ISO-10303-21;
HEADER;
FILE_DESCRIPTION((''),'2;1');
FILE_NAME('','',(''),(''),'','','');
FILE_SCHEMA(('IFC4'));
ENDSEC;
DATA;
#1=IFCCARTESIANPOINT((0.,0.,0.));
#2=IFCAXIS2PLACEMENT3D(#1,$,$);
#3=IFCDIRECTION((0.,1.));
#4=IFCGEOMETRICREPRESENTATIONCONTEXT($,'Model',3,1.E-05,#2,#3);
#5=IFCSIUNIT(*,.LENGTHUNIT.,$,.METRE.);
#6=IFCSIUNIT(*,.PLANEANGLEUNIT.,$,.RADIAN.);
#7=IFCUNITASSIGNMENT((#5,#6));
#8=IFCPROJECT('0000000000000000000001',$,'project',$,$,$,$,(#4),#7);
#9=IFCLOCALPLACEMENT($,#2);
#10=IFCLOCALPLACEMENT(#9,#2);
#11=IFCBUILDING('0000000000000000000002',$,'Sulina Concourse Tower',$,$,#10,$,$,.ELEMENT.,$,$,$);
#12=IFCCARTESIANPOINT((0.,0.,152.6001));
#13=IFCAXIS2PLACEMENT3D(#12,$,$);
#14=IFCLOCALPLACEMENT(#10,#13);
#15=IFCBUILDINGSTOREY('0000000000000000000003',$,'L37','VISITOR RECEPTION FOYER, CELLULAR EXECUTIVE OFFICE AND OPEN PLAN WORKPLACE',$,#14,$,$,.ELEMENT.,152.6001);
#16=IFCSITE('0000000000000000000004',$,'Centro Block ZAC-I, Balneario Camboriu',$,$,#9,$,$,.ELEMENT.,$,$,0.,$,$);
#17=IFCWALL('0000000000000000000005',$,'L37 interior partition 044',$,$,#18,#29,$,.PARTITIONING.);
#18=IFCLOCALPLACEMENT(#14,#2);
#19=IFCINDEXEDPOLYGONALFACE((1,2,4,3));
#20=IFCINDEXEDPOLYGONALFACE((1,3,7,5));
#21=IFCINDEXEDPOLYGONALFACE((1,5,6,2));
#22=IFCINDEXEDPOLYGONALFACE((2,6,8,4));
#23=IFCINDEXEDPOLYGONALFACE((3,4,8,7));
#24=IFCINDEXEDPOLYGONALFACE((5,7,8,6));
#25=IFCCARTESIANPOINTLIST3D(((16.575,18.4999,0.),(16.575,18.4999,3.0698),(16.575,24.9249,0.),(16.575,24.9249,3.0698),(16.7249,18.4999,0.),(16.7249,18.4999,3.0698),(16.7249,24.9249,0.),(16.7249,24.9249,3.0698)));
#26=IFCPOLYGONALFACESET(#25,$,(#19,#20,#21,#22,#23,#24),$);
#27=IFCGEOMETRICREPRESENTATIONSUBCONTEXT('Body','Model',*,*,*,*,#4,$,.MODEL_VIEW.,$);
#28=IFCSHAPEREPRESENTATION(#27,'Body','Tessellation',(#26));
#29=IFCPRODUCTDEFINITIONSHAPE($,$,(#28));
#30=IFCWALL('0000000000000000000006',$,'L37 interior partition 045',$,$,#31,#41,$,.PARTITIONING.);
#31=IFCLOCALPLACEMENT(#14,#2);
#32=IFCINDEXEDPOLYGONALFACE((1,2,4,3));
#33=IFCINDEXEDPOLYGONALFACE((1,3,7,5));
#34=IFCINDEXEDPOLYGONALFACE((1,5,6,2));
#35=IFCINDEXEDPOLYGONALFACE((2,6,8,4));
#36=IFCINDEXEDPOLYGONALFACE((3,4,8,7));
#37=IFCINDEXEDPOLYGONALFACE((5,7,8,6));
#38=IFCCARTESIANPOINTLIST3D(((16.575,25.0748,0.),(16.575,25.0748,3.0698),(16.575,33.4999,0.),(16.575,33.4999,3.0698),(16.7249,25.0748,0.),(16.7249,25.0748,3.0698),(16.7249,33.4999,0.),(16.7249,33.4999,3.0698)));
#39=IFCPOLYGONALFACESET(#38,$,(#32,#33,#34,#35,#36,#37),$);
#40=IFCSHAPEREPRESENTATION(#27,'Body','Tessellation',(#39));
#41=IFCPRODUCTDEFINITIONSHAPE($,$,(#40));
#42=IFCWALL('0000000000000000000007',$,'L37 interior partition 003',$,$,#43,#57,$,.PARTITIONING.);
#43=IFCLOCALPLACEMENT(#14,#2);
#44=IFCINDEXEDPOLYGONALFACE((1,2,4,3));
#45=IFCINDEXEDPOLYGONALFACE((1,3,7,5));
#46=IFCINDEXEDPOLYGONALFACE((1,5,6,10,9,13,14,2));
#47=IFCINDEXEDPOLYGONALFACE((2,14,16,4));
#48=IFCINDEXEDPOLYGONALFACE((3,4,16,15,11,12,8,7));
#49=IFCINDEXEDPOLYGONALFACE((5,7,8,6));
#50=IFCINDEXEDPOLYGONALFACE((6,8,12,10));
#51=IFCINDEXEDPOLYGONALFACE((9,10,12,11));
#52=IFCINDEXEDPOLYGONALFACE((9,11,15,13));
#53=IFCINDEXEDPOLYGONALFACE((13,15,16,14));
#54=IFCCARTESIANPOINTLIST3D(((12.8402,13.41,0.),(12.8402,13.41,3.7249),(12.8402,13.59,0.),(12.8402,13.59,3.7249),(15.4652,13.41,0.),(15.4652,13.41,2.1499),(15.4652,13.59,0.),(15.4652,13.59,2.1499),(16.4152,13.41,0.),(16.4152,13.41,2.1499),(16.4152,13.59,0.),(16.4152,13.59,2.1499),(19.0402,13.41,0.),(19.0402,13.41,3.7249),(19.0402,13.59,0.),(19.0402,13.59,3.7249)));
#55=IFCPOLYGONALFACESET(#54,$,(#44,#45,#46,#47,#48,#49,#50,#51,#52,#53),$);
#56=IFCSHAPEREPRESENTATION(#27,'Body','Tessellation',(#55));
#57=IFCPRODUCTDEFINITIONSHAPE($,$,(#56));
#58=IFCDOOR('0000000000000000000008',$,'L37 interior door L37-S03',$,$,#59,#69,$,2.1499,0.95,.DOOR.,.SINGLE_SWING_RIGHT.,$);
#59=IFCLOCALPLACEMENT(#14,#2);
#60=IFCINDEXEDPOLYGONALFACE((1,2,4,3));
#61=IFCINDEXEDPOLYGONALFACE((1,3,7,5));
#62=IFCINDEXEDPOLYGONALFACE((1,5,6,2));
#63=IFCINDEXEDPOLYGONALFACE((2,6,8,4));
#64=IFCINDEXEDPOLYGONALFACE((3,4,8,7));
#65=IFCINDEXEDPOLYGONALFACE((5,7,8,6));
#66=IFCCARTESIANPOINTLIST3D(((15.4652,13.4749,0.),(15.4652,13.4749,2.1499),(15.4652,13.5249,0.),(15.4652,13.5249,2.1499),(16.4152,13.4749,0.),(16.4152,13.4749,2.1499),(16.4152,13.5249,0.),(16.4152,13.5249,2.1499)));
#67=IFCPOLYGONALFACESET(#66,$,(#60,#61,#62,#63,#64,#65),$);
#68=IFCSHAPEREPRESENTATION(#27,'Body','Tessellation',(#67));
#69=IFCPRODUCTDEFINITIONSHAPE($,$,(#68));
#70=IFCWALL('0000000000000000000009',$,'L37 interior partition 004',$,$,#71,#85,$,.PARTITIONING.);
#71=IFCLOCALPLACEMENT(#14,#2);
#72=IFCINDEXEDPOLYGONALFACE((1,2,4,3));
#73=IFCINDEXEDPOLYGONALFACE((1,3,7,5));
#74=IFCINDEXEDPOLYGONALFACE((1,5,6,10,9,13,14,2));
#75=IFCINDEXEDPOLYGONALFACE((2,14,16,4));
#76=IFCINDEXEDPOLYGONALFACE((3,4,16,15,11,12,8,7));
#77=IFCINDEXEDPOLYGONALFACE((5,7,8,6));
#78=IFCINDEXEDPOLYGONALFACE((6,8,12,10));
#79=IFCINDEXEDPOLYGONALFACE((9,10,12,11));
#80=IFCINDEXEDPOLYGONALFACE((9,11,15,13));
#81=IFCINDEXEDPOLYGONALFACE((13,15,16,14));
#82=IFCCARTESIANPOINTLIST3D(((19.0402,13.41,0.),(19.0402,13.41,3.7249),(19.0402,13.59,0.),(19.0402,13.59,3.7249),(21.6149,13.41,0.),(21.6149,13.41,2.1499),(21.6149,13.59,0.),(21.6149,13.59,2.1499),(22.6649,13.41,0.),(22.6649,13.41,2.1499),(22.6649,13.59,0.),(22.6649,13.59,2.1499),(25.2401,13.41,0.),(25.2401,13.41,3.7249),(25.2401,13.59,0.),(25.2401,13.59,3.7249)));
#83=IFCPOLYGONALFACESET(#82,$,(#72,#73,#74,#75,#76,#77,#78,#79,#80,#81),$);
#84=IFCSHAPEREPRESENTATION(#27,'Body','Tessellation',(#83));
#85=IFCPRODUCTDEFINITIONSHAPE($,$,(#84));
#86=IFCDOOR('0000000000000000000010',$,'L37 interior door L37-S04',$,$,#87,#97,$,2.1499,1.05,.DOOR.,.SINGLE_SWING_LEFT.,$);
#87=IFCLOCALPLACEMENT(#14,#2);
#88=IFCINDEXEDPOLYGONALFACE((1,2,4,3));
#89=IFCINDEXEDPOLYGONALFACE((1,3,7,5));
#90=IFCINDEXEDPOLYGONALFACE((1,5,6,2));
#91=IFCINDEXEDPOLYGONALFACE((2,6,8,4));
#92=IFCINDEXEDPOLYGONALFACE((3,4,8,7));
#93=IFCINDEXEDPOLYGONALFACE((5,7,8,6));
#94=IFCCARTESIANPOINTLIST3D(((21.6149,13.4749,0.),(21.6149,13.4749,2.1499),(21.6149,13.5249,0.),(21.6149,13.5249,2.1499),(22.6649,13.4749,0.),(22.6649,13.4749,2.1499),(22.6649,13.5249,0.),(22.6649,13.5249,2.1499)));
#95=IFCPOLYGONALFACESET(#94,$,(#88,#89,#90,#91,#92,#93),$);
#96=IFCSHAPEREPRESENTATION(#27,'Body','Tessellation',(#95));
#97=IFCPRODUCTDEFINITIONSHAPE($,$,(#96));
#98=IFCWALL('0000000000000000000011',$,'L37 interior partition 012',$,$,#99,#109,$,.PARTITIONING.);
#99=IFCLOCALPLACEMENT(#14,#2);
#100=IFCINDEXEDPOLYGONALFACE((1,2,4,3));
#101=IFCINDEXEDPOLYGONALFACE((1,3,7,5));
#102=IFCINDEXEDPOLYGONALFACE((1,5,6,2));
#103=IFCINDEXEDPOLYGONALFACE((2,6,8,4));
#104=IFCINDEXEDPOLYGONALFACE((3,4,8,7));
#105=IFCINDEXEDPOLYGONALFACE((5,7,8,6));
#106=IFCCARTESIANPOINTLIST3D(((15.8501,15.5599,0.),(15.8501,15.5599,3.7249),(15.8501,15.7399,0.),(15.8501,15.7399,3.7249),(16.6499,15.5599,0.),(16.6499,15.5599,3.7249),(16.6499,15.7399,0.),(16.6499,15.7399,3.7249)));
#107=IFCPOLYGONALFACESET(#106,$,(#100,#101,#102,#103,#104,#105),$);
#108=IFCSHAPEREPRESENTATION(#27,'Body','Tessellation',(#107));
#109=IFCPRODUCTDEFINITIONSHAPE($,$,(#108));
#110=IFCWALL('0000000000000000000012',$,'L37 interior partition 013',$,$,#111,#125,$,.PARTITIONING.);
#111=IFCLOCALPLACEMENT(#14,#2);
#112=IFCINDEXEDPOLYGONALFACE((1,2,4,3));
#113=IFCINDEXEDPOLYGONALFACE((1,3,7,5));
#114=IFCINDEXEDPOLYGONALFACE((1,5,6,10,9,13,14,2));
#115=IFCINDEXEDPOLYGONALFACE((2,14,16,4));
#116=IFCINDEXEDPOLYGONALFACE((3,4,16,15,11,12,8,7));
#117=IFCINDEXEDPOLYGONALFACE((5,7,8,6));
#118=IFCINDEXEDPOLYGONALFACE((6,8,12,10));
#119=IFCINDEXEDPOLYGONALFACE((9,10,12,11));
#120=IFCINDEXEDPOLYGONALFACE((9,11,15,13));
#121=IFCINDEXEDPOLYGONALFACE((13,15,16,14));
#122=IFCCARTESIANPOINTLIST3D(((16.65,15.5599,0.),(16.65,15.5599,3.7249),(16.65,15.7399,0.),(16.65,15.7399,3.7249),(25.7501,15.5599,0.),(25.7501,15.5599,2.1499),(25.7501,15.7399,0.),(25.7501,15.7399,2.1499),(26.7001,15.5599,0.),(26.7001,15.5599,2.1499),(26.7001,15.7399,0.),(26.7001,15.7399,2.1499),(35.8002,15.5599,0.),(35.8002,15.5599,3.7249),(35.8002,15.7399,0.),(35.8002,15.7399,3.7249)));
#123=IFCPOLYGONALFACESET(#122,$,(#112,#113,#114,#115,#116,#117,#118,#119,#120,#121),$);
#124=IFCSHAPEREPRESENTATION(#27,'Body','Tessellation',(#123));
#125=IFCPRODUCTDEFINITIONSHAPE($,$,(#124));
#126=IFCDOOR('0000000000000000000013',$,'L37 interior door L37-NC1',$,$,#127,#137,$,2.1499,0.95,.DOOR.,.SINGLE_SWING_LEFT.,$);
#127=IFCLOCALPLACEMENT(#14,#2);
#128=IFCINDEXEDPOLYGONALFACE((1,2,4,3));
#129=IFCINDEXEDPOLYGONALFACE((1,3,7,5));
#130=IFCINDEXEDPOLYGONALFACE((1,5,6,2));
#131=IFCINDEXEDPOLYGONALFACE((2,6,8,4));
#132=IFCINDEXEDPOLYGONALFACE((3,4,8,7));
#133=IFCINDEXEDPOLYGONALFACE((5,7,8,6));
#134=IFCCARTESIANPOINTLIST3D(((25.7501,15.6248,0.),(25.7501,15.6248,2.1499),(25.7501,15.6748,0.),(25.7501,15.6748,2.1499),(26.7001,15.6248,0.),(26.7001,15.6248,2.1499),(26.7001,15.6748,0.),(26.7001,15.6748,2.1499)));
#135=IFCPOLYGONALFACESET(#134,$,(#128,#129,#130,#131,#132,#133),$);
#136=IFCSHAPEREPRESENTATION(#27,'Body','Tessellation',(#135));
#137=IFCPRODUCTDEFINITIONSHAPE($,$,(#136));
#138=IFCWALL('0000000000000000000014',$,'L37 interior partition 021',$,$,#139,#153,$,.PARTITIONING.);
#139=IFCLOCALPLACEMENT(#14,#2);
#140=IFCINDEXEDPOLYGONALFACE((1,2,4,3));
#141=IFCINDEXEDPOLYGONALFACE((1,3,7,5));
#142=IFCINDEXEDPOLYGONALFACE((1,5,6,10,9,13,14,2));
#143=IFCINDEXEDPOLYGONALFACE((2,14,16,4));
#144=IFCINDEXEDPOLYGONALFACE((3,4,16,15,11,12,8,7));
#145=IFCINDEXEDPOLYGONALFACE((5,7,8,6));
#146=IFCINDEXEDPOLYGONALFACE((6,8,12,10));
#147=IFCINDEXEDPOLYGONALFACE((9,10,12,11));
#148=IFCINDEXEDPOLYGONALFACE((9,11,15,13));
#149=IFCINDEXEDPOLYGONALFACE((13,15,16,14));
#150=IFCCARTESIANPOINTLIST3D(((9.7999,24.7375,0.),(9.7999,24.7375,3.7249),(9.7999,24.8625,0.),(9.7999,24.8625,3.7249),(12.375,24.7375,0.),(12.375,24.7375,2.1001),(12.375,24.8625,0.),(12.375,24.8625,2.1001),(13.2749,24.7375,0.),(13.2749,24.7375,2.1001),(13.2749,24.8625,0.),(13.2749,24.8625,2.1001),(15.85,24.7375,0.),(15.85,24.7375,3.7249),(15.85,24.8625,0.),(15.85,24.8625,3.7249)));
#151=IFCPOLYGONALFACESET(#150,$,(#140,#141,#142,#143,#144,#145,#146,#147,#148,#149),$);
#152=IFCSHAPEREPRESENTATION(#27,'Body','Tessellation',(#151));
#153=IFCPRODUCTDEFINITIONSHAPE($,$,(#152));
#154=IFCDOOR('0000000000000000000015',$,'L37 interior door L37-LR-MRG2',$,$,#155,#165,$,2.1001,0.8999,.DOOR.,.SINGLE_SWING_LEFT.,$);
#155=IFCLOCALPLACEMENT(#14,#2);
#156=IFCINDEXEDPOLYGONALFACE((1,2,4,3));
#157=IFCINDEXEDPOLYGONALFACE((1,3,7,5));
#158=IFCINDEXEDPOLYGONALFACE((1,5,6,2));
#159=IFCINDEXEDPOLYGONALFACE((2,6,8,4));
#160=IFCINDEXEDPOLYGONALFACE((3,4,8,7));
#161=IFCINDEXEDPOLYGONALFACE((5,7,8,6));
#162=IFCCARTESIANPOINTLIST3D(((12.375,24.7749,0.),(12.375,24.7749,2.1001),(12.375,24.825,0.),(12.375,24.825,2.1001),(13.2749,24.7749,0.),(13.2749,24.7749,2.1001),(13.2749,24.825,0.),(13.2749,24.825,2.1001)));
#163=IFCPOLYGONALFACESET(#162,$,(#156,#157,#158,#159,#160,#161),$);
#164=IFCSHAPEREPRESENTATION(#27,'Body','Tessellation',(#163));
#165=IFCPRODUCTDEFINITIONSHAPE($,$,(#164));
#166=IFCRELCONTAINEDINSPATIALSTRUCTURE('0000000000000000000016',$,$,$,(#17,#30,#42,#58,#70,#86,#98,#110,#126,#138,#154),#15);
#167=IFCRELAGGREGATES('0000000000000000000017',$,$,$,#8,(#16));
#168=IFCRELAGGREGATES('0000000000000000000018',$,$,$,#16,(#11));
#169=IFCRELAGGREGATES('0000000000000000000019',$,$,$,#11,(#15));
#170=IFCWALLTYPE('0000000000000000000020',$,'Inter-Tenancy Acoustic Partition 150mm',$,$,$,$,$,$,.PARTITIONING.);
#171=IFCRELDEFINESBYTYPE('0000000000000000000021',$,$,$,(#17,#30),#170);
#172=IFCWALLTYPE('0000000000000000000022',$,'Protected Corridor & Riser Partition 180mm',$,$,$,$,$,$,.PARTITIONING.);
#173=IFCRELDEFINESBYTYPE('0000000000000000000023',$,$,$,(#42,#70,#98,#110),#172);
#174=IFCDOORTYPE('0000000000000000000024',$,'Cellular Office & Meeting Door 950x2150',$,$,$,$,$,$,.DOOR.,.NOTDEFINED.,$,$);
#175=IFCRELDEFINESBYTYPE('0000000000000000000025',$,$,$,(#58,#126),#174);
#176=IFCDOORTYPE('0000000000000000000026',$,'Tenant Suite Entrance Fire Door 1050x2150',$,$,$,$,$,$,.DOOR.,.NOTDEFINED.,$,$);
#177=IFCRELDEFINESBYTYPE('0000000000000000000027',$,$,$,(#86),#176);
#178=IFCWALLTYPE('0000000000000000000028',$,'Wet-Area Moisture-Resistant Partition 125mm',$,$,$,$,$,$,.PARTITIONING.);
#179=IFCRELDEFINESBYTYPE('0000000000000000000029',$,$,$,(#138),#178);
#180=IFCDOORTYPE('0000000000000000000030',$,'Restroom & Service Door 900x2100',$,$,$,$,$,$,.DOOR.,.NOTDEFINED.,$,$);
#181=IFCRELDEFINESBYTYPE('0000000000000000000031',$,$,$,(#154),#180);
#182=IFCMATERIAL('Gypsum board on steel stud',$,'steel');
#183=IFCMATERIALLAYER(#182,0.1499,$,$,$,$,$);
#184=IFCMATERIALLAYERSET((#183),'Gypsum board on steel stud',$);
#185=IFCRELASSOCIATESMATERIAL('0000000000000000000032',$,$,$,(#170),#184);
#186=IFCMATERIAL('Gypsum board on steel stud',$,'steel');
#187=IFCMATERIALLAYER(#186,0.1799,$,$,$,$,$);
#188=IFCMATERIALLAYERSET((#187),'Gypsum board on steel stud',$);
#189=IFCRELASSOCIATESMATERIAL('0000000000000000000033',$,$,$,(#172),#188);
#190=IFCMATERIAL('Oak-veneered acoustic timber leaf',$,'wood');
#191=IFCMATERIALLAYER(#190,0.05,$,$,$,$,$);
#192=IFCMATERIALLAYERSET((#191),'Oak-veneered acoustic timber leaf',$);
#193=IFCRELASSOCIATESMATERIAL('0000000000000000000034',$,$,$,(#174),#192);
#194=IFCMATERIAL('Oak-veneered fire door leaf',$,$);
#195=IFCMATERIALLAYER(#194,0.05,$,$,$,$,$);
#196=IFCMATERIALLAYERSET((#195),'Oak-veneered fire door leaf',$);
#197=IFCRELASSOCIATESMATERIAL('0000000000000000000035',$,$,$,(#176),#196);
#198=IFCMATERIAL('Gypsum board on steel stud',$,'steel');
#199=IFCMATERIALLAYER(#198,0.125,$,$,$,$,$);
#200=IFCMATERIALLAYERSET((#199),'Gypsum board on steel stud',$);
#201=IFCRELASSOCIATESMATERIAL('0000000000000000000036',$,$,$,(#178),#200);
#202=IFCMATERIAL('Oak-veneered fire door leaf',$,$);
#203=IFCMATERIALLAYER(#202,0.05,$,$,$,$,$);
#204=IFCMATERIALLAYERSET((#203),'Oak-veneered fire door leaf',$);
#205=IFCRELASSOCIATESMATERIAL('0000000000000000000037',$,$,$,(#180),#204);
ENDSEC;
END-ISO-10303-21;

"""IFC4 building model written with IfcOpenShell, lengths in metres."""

from ifc_helpers import new_model, si_unit, direction, frame, frame_2d, origin, place, context, subcontext, project, spatial, rectangle, extrude, material, layer, layer_set, type_object, element, fill, save


model = new_model("IFC4")

# Units and contexts
model_context = context("Model", 3, precision=1e-05, world=origin(), true_north=direction((0.0, 1.0)))
body_context = subcontext(model_context, "Body", "Model", "MODEL_VIEW")
ifc_project = project(units=[si_unit("LENGTHUNIT", "METRE"), si_unit("PLANEANGLEUNIT", "RADIAN")], contexts=[model_context])

# Site, building, storey
site_placement = place(None, origin())
site = spatial("IfcSite", under=ifc_project, at=site_placement, Name="Centro Block ZAC-I, Balneario Camboriu", CompositionType="ELEMENT", RefElevation=0.0)
building_placement = place(site_placement, origin())
building = spatial("IfcBuilding", under=site, at=building_placement, Name="Sulina Concourse Tower", CompositionType="ELEMENT")
storey_placement = place(building_placement, frame((0.0, 0.0, 152.6001)))
storey = spatial("IfcBuildingStorey", under=building, at=storey_placement, Name="L37", Description="VISITOR RECEPTION FOYER, CELLULAR EXECUTIVE OFFICE AND OPEN PLAN WORKPLACE", CompositionType="ELEMENT", Elevation=152.6001)

# Walls
ifc_material_1 = material(Name="Gypsum board on steel stud", Category="steel")
ifc_layer_1 = layer(ifc_material_1, 0.1499)
ifc_layer_set_1 = layer_set([ifc_layer_1], Name="Gypsum board on steel stud")
wall_type_1 = type_object("IfcWallType", Name="Inter-Tenancy Acoustic Partition 150mm", PredefinedType="PARTITIONING", material=ifc_layer_set_1)
wall_1_placement = place(storey_placement, frame((16.6499, 18.5, 0.0), z_axis=(0.0, 0.0, 1.0), x_axis=(0.0, 1.0, 0.0)))
element("IfcWall", 1, at=wall_1_placement, inside=storey, type_object=wall_type_1, Name="L37 interior partition 044", PredefinedType="PARTITIONING", context=body_context, shape_type="SweptSolid", body=[
    extrude(rectangle(XDim=6.425, YDim=0.1499, at=frame_2d((3.2124, 0.0))), origin(), (0.0, 0.0, 1.0), 3.0698),
])
wall_2_placement = place(storey_placement, frame((16.6499, 25.075, 0.0), z_axis=(0.0, 0.0, 1.0), x_axis=(0.0, 1.0, 0.0)))
element("IfcWall", 2, at=wall_2_placement, inside=storey, type_object=wall_type_1, Name="L37 interior partition 045", PredefinedType="PARTITIONING", context=body_context, shape_type="SweptSolid", body=[
    extrude(rectangle(XDim=8.425, YDim=0.1499, at=frame_2d((4.2124, 0.0))), origin(), (0.0, 0.0, 1.0), 3.0698),
])

# Walls, openings, doors
ifc_material_2 = material(Name="Gypsum board on steel stud", Category="steel")
ifc_layer_2 = layer(ifc_material_2, 0.1799)
ifc_layer_set_2 = layer_set([ifc_layer_2], Name="Gypsum board on steel stud")
wall_type_2 = type_object("IfcWallType", Name="Protected Corridor & Riser Partition 180mm", PredefinedType="PARTITIONING", material=ifc_layer_set_2)
wall_3_placement = place(storey_placement, frame((12.8401, 13.5, 0.0), z_axis=(0.0, 0.0, 1.0), x_axis=(1.0, 0.0, 0.0)))
wall_3 = element("IfcWall", 3, at=wall_3_placement, inside=storey, type_object=wall_type_2, Name="L37 interior partition 003", PredefinedType="PARTITIONING", context=body_context, shape_type="SweptSolid", body=[
    extrude(rectangle(XDim=6.2, YDim=0.1799, at=frame_2d((3.1001, 0.0))), origin(), (0.0, 0.0, 1.0), 3.7249),
])
opening_1_placement = place(wall_3_placement, frame((2.625, 0.0, 0.0)))
opening_1 = element("IfcOpeningElement", 4, at=opening_1_placement, cuts=wall_3, PredefinedType="OPENING", context=body_context, shape_type="SweptSolid", body=[
    extrude(rectangle(XDim=0.95, YDim=2.1499, at=frame_2d((0.4751, 1.075))), frame((0.0, 0.0999, 0.0), z_axis=(0.0, -1.0, 0.0), x_axis=(1.0, 0.0, 0.0)), (0.0, 0.0, 1.0), 0.2),
])
ifc_material_3 = material(Name="Oak-veneered acoustic timber leaf", Category="wood")
ifc_layer_3 = layer(ifc_material_3, 0.05)
ifc_layer_set_3 = layer_set([ifc_layer_3], Name="Oak-veneered acoustic timber leaf")
door_type_1 = type_object("IfcDoorType", Name="Cellular Office & Meeting Door 950x2150", OperationType="NOTDEFINED", PredefinedType="DOOR", material=ifc_layer_set_3)
door_1_placement = place(opening_1_placement, origin())
door_1 = element("IfcDoor", 5, at=door_1_placement, inside=storey, type_object=door_type_1, Name="L37 interior door L37-S03", OperationType="SINGLE_SWING_RIGHT", OverallHeight=2.1499, OverallWidth=0.95, PredefinedType="DOOR", context=body_context, shape_type="SweptSolid", body=[
    extrude(rectangle(XDim=0.95, YDim=2.1499, at=frame_2d((0.4751, 1.075))), frame((0.0, 0.0249, 0.0), z_axis=(0.0, -1.0, 0.0), x_axis=(1.0, 0.0, 0.0)), (0.0, 0.0, 1.0), 0.05),
])
fill(opening_1, door_1)
wall_4_placement = place(storey_placement, frame((19.04, 13.5, 0.0), z_axis=(0.0, 0.0, 1.0), x_axis=(1.0, 0.0, 0.0)))
wall_4 = element("IfcWall", 6, at=wall_4_placement, inside=storey, type_object=wall_type_2, Name="L37 interior partition 004", PredefinedType="PARTITIONING", context=body_context, shape_type="SweptSolid", body=[
    extrude(rectangle(XDim=6.2, YDim=0.1799, at=frame_2d((3.1001, 0.0))), origin(), (0.0, 0.0, 1.0), 3.7249),
])
opening_2_placement = place(wall_4_placement, frame((2.575, 0.0, 0.0)))
opening_2 = element("IfcOpeningElement", 7, at=opening_2_placement, cuts=wall_4, PredefinedType="OPENING", context=body_context, shape_type="SweptSolid", body=[
    extrude(rectangle(XDim=1.05, YDim=2.1499, at=frame_2d((0.5249, 1.075))), frame((0.0, 0.0999, 0.0), z_axis=(0.0, -1.0, 0.0), x_axis=(1.0, 0.0, 0.0)), (0.0, 0.0, 1.0), 0.2),
])
ifc_material_4 = material(Name="Oak-veneered fire door leaf")
ifc_layer_4 = layer(ifc_material_4, 0.05)
ifc_layer_set_4 = layer_set([ifc_layer_4], Name="Oak-veneered fire door leaf")
door_type_2 = type_object("IfcDoorType", Name="Tenant Suite Entrance Fire Door 1050x2150", OperationType="NOTDEFINED", PredefinedType="DOOR", material=ifc_layer_set_4)
door_2_placement = place(opening_2_placement, origin())
door_2 = element("IfcDoor", 8, at=door_2_placement, inside=storey, type_object=door_type_2, Name="L37 interior door L37-S04", OperationType="SINGLE_SWING_LEFT", OverallHeight=2.1499, OverallWidth=1.05, PredefinedType="DOOR", context=body_context, shape_type="SweptSolid", body=[
    extrude(rectangle(XDim=1.05, YDim=2.1499, at=frame_2d((0.5249, 1.075))), frame((0.0, 0.0249, 0.0), z_axis=(0.0, -1.0, 0.0), x_axis=(1.0, 0.0, 0.0)), (0.0, 0.0, 1.0), 0.05),
])
fill(opening_2, door_2)

# Wall
wall_5_placement = place(storey_placement, frame((15.8501, 15.6499, 0.0), z_axis=(0.0, 0.0, 1.0), x_axis=(1.0, 0.0, 0.0)))
element("IfcWall", 9, at=wall_5_placement, inside=storey, type_object=wall_type_2, Name="L37 interior partition 012", PredefinedType="PARTITIONING", context=body_context, shape_type="SweptSolid", body=[
    extrude(rectangle(XDim=0.7998, YDim=0.1799, at=frame_2d((0.3999, 0.0))), origin(), (0.0, 0.0, 1.0), 3.7249),
])

# Walls, openings, doors
wall_6_placement = place(storey_placement, frame((16.6499, 15.6499, 0.0), z_axis=(0.0, 0.0, 1.0), x_axis=(1.0, 0.0, 0.0)))
wall_6 = element("IfcWall", 10, at=wall_6_placement, inside=storey, type_object=wall_type_2, Name="L37 interior partition 013", PredefinedType="PARTITIONING", context=body_context, shape_type="SweptSolid", body=[
    extrude(rectangle(XDim=19.1501, YDim=0.1799, at=frame_2d((9.5752, 0.0))), origin(), (0.0, 0.0, 1.0), 3.7249),
])
opening_3_placement = place(wall_6_placement, frame((9.1001, 0.0, 0.0)))
opening_3 = element("IfcOpeningElement", 11, at=opening_3_placement, cuts=wall_6, PredefinedType="OPENING", context=body_context, shape_type="SweptSolid", body=[
    extrude(rectangle(XDim=0.95, YDim=2.1499, at=frame_2d((0.4751, 1.075))), frame((0.0, 0.0999, 0.0), z_axis=(0.0, -1.0, 0.0), x_axis=(1.0, 0.0, 0.0)), (0.0, 0.0, 1.0), 0.2),
])
door_3_placement = place(opening_3_placement, origin())
door_3 = element("IfcDoor", 12, at=door_3_placement, inside=storey, type_object=door_type_1, Name="L37 interior door L37-NC1", OperationType="SINGLE_SWING_LEFT", OverallHeight=2.1499, OverallWidth=0.95, PredefinedType="DOOR", context=body_context, shape_type="SweptSolid", body=[
    extrude(rectangle(XDim=0.95, YDim=2.1499, at=frame_2d((0.4751, 1.075))), frame((0.0, 0.0249, 0.0), z_axis=(0.0, -1.0, 0.0), x_axis=(1.0, 0.0, 0.0)), (0.0, 0.0, 1.0), 0.05),
])
fill(opening_3, door_3)
ifc_material_5 = material(Name="Gypsum board on steel stud", Category="steel")
ifc_layer_5 = layer(ifc_material_5, 0.125)
ifc_layer_set_5 = layer_set([ifc_layer_5], Name="Gypsum board on steel stud")
wall_type_3 = type_object("IfcWallType", Name="Wet-Area Moisture-Resistant Partition 125mm", PredefinedType="PARTITIONING", material=ifc_layer_set_5)
wall_7_placement = place(storey_placement, frame((9.8, 24.8, 0.0), z_axis=(0.0, 0.0, 1.0), x_axis=(1.0, 0.0, 0.0)))
wall_7 = element("IfcWall", 13, at=wall_7_placement, inside=storey, type_object=wall_type_3, Name="L37 interior partition 021", PredefinedType="PARTITIONING", context=body_context, shape_type="SweptSolid", body=[
    extrude(rectangle(XDim=6.05, YDim=0.125, at=frame_2d((3.0249, 0.0))), origin(), (0.0, 0.0, 1.0), 3.7249),
])
opening_4_placement = place(wall_7_placement, frame((2.575, 0.0, 0.0)))
opening_4 = element("IfcOpeningElement", 14, at=opening_4_placement, cuts=wall_7, PredefinedType="OPENING", context=body_context, shape_type="SweptSolid", body=[
    extrude(rectangle(XDim=0.8999, YDim=2.1001, at=frame_2d((0.45, 1.05))), frame((0.0, 0.0725, 0.0), z_axis=(0.0, -1.0, 0.0), x_axis=(1.0, 0.0, 0.0)), (0.0, 0.0, 1.0), 0.145),
])
ifc_material_6 = material(Name="Oak-veneered fire door leaf")
ifc_layer_6 = layer(ifc_material_6, 0.05)
ifc_layer_set_6 = layer_set([ifc_layer_6], Name="Oak-veneered fire door leaf")
door_type_3 = type_object("IfcDoorType", Name="Restroom & Service Door 900x2100", OperationType="NOTDEFINED", PredefinedType="DOOR", material=ifc_layer_set_6)
door_4_placement = place(opening_4_placement, origin())
door_4 = element("IfcDoor", 15, at=door_4_placement, inside=storey, type_object=door_type_3, Name="L37 interior door L37-LR-MRG2", OperationType="SINGLE_SWING_LEFT", OverallHeight=2.1001, OverallWidth=0.8999, PredefinedType="DOOR", context=body_context, shape_type="SweptSolid", body=[
    extrude(rectangle(XDim=0.8999, YDim=2.1001, at=frame_2d((0.45, 1.05))), frame((0.0, 0.0249, 0.0), z_axis=(0.0, -1.0, 0.0), x_axis=(1.0, 0.0, 0.0)), (0.0, 0.0, 1.0), 0.05),
])
fill(opening_4, door_4)

save(model, "model.ifc")
